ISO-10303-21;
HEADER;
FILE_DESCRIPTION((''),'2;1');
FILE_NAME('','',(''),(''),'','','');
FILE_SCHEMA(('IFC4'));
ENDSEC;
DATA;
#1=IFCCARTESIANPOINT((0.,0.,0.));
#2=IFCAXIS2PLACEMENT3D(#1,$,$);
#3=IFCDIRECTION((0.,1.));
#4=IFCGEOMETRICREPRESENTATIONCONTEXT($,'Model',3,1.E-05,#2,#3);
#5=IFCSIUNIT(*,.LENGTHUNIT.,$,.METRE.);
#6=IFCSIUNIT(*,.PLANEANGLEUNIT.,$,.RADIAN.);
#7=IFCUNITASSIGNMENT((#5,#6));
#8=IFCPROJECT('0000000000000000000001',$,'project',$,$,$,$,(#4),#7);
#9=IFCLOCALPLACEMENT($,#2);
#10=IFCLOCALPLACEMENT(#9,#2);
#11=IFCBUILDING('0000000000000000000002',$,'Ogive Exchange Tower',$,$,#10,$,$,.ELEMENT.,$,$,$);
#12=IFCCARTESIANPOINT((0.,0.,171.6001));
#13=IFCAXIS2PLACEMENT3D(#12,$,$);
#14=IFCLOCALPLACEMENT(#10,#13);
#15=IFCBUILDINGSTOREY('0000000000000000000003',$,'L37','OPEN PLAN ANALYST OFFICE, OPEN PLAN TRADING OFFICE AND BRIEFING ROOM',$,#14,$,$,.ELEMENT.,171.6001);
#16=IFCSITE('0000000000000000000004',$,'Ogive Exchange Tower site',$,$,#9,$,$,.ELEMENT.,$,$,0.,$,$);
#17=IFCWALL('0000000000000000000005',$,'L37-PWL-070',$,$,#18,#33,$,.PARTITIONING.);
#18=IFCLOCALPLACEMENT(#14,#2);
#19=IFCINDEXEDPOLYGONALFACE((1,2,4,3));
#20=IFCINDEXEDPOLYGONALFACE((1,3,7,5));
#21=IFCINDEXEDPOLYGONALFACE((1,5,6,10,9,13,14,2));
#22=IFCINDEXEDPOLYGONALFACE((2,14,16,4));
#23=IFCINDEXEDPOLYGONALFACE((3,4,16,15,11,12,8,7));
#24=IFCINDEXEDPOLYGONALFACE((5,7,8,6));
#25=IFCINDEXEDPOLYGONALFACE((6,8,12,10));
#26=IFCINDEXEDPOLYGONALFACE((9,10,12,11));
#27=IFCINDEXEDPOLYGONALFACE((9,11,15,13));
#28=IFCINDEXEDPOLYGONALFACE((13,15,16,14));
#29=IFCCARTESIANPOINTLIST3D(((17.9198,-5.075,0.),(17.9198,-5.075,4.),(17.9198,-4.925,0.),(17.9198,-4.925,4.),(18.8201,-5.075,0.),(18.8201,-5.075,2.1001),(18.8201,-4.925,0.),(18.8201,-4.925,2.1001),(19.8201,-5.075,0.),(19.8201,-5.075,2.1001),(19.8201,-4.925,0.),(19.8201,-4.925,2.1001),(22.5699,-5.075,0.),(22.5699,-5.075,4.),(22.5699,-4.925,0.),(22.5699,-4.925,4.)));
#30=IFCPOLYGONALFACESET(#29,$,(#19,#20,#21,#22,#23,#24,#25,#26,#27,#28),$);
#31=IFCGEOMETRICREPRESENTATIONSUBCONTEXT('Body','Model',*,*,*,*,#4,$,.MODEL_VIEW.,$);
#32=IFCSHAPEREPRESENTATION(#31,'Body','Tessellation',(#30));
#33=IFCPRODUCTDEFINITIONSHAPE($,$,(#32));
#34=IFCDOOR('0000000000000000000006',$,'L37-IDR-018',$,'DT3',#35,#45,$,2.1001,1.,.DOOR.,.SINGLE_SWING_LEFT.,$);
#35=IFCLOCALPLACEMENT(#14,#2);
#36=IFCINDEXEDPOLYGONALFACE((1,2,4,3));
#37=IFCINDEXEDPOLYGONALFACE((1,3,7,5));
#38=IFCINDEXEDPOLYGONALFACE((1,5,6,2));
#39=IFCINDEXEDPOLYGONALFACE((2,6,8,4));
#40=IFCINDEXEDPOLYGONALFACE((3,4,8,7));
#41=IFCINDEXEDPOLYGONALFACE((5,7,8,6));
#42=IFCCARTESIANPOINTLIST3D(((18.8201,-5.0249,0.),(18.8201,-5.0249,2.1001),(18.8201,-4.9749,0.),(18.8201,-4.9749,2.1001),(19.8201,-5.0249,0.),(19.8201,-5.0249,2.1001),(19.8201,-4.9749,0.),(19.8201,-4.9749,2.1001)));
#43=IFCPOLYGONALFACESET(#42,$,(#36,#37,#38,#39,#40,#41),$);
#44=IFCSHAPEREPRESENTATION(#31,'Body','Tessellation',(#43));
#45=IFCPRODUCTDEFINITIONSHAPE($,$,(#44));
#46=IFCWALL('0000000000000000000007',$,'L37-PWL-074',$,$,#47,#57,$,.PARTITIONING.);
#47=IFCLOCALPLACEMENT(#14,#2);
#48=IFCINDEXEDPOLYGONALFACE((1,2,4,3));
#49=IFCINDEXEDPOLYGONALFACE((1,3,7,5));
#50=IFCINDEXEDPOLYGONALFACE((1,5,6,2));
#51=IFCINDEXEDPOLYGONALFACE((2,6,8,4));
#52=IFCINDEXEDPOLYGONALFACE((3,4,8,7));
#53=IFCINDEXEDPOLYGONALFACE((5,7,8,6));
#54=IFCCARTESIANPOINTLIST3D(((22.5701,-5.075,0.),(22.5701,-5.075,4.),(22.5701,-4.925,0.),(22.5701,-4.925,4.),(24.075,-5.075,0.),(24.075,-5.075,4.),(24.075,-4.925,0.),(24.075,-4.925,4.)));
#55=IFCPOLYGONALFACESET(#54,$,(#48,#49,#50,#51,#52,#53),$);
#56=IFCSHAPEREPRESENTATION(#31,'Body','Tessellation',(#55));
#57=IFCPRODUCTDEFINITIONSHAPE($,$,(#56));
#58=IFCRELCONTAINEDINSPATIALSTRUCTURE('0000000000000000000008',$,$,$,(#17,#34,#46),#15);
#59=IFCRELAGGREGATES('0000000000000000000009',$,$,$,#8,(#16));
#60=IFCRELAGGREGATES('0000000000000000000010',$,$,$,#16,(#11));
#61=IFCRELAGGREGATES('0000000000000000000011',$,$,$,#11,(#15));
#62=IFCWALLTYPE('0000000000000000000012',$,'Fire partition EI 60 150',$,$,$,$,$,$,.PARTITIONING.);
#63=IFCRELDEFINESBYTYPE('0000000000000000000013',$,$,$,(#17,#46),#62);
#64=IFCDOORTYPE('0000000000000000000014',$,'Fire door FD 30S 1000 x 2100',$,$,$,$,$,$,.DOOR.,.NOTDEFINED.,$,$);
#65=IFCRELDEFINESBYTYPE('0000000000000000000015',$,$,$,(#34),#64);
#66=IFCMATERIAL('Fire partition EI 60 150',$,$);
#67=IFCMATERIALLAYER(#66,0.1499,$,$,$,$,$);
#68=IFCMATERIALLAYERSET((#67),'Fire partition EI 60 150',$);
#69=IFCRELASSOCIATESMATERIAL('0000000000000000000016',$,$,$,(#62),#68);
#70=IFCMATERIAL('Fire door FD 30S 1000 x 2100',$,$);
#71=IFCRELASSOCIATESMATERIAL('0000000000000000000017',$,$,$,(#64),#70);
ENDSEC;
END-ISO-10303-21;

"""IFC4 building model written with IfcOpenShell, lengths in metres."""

from ifc_helpers import new_model, si_unit, direction, frame, frame_2d, origin, place, context, subcontext, project, spatial, rectangle, extrude, material, layer, layer_set, type_object, element, fill, save


model = new_model("IFC4")

# Units and contexts
model_context = context("Model", 3, precision=1e-05, world=origin(), true_north=direction((0.0, 1.0)))
body_context = subcontext(model_context, "Body", "Model", "MODEL_VIEW")
ifc_project = project(units=[si_unit("LENGTHUNIT", "METRE"), si_unit("PLANEANGLEUNIT", "RADIAN")], contexts=[model_context])

# Site, building, storey
site_placement = place(None, origin())
site = spatial("IfcSite", under=ifc_project, at=site_placement, Name="Ogive Exchange Tower site", CompositionType="ELEMENT", RefElevation=0.0)
building_placement = place(site_placement, origin())
building = spatial("IfcBuilding", under=site, at=building_placement, Name="Ogive Exchange Tower", CompositionType="ELEMENT")
storey_placement = place(building_placement, frame((0.0, 0.0, 171.6001)))
storey = spatial("IfcBuildingStorey", under=building, at=storey_placement, Name="L37", Description="OPEN PLAN ANALYST OFFICE, OPEN PLAN TRADING OFFICE AND BRIEFING ROOM", CompositionType="ELEMENT", Elevation=171.6001)

# Wall, opening, door
ifc_material_1 = material(Name="Fire partition EI 60 150")
ifc_layer_1 = layer(ifc_material_1, 0.1499)
ifc_layer_set_1 = layer_set([ifc_layer_1], Name="Fire partition EI 60 150")
wall_type_1 = type_object("IfcWallType", Name="Fire partition EI 60 150", PredefinedType="PARTITIONING", material=ifc_layer_set_1)
wall_1_placement = place(storey_placement, frame((22.5701, -5.0, 0.0), z_axis=(0.0, 0.0, 1.0), x_axis=(-1.0, 0.0, 0.0)))
wall_1 = element("IfcWall", 1, at=wall_1_placement, inside=storey, type_object=wall_type_1, Name="L37-PWL-070", PredefinedType="PARTITIONING", context=body_context, shape_type="SweptSolid", body=[
    extrude(rectangle(XDim=4.6501, YDim=0.1499, at=frame_2d((2.3252, 0.0))), origin(), (0.0, 0.0, 1.0), 4.0),
])
opening_1_placement = place(wall_1_placement, frame((2.75, 0.0, 0.0)))
opening_1 = element("IfcOpeningElement", 2, at=opening_1_placement, cuts=wall_1, PredefinedType="OPENING", context=body_context, shape_type="SweptSolid", body=[
    extrude(rectangle(XDim=1.0, YDim=2.1001, at=frame_2d((0.5, 1.05))), frame((0.0, 0.085, 0.0), z_axis=(0.0, -1.0, 0.0), x_axis=(1.0, 0.0, 0.0)), (0.0, 0.0, 1.0), 0.1699),
])
ifc_material_2 = material(Name="Fire door FD 30S 1000 x 2100")
door_type_1 = type_object("IfcDoorType", Name="Fire door FD 30S 1000 x 2100", OperationType="NOTDEFINED", PredefinedType="DOOR", material=ifc_material_2)
door_1_placement = place(opening_1_placement, origin())
door_1 = element("IfcDoor", 3, at=door_1_placement, inside=storey, type_object=door_type_1, Name="L37-IDR-018", ObjectType="DT3", OperationType="SINGLE_SWING_LEFT", OverallHeight=2.1001, OverallWidth=1.0, PredefinedType="DOOR", context=body_context, shape_type="SweptSolid", body=[
    extrude(rectangle(XDim=1.0, YDim=2.1001, at=frame_2d((0.5, 1.05))), frame((0.0, 0.0249, 0.0), z_axis=(0.0, -1.0, 0.0), x_axis=(1.0, 0.0, 0.0)), (0.0, 0.0, 1.0), 0.05),
])
fill(opening_1, door_1)

# Wall
wall_2_placement = place(storey_placement, frame((24.075, -5.0, 0.0), z_axis=(0.0, 0.0, 1.0), x_axis=(-1.0, 0.0, 0.0)))
element("IfcWall", 4, at=wall_2_placement, inside=storey, type_object=wall_type_1, Name="L37-PWL-074", PredefinedType="PARTITIONING", context=body_context, shape_type="SweptSolid", body=[
    extrude(rectangle(XDim=1.5049, YDim=0.1499, at=frame_2d((0.7524, 0.0))), origin(), (0.0, 0.0, 1.0), 4.0),
])

save(model, "model.ifc")
